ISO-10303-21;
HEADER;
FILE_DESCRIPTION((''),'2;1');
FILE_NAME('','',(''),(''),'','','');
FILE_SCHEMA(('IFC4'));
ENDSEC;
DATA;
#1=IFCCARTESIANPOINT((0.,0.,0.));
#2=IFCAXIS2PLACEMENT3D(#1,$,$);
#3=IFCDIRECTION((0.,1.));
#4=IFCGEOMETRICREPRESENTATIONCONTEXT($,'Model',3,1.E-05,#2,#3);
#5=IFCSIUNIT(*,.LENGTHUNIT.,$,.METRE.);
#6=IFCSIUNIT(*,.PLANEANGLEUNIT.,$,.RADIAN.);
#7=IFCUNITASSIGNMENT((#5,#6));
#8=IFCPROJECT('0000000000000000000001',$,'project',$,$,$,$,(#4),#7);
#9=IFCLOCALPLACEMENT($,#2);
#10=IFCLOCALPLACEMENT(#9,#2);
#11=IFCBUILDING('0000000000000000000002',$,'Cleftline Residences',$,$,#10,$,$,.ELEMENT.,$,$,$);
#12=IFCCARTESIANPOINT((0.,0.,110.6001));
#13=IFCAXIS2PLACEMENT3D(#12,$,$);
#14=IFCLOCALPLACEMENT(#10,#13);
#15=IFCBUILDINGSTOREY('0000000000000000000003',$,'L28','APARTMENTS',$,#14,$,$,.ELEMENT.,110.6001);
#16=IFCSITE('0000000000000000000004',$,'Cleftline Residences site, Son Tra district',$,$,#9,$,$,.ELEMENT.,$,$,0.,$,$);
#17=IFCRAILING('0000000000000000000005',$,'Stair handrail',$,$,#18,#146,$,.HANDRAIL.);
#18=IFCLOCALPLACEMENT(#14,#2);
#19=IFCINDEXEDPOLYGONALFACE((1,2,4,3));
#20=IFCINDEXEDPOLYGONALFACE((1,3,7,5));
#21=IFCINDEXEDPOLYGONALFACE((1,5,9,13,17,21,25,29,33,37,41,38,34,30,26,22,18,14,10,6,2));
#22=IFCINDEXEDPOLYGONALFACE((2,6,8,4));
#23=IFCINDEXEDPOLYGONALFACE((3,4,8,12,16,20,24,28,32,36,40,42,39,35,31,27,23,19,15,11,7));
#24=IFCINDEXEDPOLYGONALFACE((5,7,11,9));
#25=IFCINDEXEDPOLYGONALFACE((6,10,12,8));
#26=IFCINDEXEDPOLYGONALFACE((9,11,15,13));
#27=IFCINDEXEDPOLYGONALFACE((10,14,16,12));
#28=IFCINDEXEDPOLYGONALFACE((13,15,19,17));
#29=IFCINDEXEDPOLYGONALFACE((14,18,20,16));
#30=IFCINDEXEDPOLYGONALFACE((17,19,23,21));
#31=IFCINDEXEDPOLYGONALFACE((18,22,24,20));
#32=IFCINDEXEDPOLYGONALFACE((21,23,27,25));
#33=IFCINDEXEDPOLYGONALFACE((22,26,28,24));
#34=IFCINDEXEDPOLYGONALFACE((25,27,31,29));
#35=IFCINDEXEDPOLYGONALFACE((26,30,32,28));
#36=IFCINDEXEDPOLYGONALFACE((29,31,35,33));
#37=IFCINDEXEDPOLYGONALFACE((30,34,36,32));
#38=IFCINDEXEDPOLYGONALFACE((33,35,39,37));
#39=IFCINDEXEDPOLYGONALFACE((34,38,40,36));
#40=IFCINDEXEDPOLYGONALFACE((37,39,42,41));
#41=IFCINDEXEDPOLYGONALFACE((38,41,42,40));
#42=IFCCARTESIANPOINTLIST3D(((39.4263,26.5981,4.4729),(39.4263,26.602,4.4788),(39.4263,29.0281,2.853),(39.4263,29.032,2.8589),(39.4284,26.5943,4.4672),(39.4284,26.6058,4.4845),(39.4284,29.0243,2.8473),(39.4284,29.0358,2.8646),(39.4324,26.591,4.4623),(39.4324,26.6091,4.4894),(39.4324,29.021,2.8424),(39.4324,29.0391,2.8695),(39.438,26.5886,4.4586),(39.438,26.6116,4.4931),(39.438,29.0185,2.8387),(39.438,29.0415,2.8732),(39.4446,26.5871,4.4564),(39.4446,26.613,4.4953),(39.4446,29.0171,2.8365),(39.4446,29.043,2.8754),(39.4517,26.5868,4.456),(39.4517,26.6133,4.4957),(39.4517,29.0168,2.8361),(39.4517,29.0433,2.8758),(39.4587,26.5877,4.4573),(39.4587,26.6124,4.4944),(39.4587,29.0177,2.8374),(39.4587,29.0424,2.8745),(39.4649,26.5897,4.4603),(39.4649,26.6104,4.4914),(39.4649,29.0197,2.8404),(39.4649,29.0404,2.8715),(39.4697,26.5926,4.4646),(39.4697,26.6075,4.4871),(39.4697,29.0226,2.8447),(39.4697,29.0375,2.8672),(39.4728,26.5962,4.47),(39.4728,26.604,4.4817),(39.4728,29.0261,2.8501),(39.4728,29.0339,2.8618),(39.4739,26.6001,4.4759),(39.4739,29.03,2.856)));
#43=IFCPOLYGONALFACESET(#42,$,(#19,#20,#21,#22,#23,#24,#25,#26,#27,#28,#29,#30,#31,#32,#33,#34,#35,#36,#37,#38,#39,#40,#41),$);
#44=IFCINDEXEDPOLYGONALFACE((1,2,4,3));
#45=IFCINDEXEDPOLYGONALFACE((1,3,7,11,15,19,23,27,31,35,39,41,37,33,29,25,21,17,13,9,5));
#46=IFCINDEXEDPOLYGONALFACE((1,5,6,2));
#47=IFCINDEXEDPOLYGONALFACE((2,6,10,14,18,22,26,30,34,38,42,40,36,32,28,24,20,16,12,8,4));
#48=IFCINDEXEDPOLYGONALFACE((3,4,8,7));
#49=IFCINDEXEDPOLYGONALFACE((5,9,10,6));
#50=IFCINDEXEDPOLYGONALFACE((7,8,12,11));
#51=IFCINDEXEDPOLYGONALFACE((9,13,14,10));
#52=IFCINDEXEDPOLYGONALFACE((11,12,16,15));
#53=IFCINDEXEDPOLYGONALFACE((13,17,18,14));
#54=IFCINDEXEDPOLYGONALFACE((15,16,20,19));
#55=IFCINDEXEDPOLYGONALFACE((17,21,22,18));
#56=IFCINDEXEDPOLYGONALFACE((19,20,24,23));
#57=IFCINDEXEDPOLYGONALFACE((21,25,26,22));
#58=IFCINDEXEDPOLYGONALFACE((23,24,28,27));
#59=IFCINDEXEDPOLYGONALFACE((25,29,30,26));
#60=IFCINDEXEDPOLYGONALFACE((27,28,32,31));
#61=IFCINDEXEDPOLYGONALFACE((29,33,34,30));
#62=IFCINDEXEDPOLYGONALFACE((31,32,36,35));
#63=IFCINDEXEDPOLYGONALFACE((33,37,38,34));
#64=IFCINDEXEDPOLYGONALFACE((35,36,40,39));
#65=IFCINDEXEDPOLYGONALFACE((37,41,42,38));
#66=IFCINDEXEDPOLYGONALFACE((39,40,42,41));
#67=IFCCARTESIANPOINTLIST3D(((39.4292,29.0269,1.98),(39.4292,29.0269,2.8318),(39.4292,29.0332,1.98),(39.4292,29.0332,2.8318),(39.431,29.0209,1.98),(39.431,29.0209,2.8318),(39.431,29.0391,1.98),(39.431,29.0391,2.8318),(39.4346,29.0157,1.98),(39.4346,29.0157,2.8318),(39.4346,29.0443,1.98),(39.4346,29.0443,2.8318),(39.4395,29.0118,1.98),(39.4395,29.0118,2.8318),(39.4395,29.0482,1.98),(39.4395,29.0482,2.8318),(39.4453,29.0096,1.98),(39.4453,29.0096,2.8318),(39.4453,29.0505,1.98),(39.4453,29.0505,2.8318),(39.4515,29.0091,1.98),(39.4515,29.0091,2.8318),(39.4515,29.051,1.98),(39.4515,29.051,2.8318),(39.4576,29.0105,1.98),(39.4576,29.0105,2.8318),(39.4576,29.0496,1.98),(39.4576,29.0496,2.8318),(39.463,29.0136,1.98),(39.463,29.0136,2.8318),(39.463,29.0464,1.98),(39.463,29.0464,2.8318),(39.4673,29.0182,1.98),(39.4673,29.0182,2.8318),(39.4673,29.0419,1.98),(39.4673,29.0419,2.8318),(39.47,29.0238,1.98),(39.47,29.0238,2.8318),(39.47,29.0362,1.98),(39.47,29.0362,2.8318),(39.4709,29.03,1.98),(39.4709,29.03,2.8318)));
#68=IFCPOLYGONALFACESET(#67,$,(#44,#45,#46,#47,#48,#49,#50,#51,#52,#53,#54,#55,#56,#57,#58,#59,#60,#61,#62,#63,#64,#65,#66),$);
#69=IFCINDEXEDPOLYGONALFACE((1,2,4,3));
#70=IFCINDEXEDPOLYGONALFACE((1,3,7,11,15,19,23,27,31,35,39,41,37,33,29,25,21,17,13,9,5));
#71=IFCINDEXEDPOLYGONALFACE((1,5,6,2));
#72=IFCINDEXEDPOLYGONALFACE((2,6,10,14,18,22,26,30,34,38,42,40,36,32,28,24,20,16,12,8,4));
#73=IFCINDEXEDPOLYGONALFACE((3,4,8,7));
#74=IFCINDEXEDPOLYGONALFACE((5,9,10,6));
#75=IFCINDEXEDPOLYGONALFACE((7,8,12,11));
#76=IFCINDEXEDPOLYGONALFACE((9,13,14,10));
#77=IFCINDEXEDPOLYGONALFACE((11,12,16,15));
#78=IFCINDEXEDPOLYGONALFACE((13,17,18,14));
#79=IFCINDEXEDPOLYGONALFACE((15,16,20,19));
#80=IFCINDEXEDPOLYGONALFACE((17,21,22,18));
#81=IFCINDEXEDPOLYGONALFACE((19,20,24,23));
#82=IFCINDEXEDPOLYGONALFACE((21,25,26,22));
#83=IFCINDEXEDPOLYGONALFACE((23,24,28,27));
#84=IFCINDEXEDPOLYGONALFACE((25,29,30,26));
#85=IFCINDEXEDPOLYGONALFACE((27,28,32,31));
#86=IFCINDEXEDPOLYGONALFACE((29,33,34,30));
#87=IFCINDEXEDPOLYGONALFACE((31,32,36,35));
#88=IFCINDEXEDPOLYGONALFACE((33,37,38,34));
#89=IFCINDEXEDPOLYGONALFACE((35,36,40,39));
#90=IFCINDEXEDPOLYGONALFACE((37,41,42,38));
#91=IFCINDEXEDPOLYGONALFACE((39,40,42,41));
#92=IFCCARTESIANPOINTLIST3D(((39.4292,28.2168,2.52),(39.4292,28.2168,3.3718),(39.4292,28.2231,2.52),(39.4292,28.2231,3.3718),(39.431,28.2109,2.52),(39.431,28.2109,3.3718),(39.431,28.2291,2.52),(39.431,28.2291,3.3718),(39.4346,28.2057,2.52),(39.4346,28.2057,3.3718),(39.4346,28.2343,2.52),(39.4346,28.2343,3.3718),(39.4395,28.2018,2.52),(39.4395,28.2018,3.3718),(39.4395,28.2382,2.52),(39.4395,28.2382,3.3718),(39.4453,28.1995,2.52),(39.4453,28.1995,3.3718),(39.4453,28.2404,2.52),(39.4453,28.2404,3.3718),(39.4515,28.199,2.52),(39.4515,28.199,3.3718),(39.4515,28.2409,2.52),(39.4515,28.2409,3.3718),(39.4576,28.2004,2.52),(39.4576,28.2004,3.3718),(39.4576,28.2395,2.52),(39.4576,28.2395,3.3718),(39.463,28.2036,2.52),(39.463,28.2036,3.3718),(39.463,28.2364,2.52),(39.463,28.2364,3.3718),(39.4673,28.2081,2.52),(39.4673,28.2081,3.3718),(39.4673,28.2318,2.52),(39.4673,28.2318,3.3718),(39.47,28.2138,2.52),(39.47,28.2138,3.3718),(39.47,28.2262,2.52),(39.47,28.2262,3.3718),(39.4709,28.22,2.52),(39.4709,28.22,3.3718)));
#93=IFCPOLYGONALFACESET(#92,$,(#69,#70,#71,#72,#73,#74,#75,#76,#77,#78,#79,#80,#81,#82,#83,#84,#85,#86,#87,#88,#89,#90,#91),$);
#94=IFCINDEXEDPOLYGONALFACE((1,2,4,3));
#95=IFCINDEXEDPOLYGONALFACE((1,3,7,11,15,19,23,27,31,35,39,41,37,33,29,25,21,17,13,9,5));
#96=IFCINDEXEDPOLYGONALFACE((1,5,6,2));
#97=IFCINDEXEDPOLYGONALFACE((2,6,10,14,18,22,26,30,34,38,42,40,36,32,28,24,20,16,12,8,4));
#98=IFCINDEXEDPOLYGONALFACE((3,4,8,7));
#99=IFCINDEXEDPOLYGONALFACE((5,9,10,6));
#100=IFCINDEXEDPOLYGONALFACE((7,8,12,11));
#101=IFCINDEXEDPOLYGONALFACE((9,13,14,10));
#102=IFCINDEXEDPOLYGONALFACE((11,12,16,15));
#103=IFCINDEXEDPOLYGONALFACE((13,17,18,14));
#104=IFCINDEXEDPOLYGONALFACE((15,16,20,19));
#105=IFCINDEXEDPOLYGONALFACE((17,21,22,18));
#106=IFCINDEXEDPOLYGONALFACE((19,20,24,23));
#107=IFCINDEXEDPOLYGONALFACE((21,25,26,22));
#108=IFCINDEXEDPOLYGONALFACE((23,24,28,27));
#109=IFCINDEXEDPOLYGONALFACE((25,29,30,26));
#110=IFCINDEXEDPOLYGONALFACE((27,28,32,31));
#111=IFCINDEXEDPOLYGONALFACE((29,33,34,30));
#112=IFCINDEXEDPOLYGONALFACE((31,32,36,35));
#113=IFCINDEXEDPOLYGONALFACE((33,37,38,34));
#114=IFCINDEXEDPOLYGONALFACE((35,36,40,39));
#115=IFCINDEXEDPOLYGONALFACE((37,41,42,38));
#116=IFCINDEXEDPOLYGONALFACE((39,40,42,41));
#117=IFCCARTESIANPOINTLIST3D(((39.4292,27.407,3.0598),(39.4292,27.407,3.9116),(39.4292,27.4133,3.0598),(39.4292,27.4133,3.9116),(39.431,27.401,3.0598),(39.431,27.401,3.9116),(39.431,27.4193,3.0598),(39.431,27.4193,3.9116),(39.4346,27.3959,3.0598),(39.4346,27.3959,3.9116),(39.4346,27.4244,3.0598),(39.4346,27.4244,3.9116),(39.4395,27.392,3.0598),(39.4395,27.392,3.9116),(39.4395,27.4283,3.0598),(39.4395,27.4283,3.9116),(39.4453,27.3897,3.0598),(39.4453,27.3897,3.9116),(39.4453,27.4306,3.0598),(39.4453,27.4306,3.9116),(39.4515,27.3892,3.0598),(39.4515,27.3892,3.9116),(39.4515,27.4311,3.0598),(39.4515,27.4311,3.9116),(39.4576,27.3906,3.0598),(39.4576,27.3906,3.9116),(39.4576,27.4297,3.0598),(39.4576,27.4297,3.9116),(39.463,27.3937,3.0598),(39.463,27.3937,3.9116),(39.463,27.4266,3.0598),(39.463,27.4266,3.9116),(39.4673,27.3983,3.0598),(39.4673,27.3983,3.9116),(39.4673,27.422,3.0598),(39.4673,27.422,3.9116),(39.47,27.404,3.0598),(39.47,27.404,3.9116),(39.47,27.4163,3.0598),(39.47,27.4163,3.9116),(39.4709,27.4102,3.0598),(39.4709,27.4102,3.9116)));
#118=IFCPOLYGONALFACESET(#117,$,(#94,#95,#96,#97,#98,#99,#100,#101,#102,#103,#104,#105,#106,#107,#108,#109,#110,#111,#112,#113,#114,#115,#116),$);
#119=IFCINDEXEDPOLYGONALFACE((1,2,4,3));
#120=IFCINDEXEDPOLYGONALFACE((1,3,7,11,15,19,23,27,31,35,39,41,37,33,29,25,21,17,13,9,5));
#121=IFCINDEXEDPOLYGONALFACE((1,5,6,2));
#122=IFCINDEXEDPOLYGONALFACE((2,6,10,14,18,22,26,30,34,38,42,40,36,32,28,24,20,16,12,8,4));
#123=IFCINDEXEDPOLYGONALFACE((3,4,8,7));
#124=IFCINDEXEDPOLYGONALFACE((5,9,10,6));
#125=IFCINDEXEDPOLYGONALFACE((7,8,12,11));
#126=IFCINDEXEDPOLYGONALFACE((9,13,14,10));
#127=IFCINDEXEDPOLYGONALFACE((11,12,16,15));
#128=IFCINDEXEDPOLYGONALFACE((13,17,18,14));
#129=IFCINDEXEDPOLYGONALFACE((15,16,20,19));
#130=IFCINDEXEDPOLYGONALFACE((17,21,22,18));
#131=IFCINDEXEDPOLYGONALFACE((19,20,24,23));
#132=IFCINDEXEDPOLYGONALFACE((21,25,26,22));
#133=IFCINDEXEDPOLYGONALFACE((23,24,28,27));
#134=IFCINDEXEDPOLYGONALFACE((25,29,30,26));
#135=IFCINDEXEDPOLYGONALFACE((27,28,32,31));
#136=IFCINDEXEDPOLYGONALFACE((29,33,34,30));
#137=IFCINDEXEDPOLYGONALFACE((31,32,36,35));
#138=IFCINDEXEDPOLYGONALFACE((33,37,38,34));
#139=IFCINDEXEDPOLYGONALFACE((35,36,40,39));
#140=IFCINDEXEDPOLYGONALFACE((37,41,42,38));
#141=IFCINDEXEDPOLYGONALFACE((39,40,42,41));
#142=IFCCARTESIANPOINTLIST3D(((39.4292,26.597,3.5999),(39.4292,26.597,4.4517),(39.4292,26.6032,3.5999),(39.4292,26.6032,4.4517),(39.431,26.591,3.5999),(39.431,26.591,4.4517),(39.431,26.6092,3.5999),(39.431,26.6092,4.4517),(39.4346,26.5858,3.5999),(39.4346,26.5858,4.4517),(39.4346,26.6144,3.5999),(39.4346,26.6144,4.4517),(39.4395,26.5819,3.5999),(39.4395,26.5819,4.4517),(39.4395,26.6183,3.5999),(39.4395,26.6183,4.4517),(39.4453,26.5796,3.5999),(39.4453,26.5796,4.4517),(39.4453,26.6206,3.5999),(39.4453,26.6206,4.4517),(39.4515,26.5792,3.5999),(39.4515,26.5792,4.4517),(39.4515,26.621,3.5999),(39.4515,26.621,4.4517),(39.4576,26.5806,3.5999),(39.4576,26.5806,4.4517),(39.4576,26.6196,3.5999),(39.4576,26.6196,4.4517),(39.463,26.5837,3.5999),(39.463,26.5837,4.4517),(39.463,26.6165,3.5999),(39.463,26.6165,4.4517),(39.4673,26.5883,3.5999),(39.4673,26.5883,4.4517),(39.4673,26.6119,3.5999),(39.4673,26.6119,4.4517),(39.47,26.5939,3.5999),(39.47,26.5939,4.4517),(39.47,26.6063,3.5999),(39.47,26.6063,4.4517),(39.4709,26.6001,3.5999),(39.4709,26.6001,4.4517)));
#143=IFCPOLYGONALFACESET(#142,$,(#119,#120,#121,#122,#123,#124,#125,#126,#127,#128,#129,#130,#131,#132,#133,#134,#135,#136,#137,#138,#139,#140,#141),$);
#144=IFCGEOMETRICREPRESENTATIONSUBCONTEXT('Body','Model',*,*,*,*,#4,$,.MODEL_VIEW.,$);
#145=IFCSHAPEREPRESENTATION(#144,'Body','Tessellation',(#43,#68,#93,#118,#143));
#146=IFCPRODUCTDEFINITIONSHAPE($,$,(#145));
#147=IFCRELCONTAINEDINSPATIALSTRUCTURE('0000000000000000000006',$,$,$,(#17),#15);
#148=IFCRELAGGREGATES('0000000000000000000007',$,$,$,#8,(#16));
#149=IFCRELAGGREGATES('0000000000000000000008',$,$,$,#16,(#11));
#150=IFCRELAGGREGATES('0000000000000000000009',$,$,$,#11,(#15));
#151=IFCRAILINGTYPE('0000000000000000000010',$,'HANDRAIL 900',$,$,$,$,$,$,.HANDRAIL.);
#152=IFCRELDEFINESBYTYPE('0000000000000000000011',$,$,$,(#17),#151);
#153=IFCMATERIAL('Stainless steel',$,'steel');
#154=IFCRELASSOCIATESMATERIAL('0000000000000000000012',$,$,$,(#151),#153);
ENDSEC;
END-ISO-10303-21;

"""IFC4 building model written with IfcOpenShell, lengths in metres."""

from ifc_helpers import new_model, si_unit, direction, frame, origin, origin_2d, place, context, subcontext, project, spatial, circle, extrude, material, type_object, element, save


model = new_model("IFC4")

# Units and contexts
model_context = context("Model", 3, precision=1e-05, world=origin(), true_north=direction((0.0, 1.0)))
body_context = subcontext(model_context, "Body", "Model", "MODEL_VIEW")
ifc_project = project(units=[si_unit("LENGTHUNIT", "METRE"), si_unit("PLANEANGLEUNIT", "RADIAN")], contexts=[model_context])

# Site, building, storey
site_placement = place(None, origin())
site = spatial("IfcSite", under=ifc_project, at=site_placement, Name="Cleftline Residences site, Son Tra district", CompositionType="ELEMENT", RefElevation=0.0)
building_placement = place(site_placement, origin())
building = spatial("IfcBuilding", under=site, at=building_placement, Name="Cleftline Residences", CompositionType="ELEMENT")
storey_placement = place(building_placement, frame((0.0, 0.0, 110.6001)))
storey = spatial("IfcBuildingStorey", under=building, at=storey_placement, Name="L28", Description="APARTMENTS", CompositionType="ELEMENT", Elevation=110.6001)

# Railing
ifc_material_1 = material(Name="Stainless steel", Category="steel")
railing_type = type_object("IfcRailingType", Name="HANDRAIL 900", PredefinedType="HANDRAIL", material=ifc_material_1)
railing_1_placement = place(storey_placement, frame((39.45, 29.03, 1.98)))
element("IfcRailing", 1, at=railing_1_placement, inside=storey, type_object=railing_type, Name="Stair handrail", PredefinedType="HANDRAIL", context=body_context, shape_type="SweptSolid", body=[
    extrude(circle(Radius=0.0239, at=origin_2d()), frame((0.0, 0.0, 0.876), z_axis=(0.0, -0.832063, 0.554681), x_axis=(1.0, 0.0, 0.0)), (0.0, 0.0, 1.0), 2.9204),
    extrude(circle(Radius=0.021, at=origin_2d()), origin(), (0.0, 0.0, 1.0), 0.8518),
    extrude(circle(Radius=0.021, at=origin_2d()), frame((0.0, -0.8101, 0.54)), (0.0, 0.0, 1.0), 0.8518),
    extrude(circle(Radius=0.021, at=origin_2d()), frame((0.0, -1.6199, 1.0798)), (0.0, 0.0, 1.0), 0.8518),
    extrude(circle(Radius=0.021, at=origin_2d()), frame((0.0, -2.4299, 1.6199)), (0.0, 0.0, 1.0), 0.8518),
])

save(model, "model.ifc")
